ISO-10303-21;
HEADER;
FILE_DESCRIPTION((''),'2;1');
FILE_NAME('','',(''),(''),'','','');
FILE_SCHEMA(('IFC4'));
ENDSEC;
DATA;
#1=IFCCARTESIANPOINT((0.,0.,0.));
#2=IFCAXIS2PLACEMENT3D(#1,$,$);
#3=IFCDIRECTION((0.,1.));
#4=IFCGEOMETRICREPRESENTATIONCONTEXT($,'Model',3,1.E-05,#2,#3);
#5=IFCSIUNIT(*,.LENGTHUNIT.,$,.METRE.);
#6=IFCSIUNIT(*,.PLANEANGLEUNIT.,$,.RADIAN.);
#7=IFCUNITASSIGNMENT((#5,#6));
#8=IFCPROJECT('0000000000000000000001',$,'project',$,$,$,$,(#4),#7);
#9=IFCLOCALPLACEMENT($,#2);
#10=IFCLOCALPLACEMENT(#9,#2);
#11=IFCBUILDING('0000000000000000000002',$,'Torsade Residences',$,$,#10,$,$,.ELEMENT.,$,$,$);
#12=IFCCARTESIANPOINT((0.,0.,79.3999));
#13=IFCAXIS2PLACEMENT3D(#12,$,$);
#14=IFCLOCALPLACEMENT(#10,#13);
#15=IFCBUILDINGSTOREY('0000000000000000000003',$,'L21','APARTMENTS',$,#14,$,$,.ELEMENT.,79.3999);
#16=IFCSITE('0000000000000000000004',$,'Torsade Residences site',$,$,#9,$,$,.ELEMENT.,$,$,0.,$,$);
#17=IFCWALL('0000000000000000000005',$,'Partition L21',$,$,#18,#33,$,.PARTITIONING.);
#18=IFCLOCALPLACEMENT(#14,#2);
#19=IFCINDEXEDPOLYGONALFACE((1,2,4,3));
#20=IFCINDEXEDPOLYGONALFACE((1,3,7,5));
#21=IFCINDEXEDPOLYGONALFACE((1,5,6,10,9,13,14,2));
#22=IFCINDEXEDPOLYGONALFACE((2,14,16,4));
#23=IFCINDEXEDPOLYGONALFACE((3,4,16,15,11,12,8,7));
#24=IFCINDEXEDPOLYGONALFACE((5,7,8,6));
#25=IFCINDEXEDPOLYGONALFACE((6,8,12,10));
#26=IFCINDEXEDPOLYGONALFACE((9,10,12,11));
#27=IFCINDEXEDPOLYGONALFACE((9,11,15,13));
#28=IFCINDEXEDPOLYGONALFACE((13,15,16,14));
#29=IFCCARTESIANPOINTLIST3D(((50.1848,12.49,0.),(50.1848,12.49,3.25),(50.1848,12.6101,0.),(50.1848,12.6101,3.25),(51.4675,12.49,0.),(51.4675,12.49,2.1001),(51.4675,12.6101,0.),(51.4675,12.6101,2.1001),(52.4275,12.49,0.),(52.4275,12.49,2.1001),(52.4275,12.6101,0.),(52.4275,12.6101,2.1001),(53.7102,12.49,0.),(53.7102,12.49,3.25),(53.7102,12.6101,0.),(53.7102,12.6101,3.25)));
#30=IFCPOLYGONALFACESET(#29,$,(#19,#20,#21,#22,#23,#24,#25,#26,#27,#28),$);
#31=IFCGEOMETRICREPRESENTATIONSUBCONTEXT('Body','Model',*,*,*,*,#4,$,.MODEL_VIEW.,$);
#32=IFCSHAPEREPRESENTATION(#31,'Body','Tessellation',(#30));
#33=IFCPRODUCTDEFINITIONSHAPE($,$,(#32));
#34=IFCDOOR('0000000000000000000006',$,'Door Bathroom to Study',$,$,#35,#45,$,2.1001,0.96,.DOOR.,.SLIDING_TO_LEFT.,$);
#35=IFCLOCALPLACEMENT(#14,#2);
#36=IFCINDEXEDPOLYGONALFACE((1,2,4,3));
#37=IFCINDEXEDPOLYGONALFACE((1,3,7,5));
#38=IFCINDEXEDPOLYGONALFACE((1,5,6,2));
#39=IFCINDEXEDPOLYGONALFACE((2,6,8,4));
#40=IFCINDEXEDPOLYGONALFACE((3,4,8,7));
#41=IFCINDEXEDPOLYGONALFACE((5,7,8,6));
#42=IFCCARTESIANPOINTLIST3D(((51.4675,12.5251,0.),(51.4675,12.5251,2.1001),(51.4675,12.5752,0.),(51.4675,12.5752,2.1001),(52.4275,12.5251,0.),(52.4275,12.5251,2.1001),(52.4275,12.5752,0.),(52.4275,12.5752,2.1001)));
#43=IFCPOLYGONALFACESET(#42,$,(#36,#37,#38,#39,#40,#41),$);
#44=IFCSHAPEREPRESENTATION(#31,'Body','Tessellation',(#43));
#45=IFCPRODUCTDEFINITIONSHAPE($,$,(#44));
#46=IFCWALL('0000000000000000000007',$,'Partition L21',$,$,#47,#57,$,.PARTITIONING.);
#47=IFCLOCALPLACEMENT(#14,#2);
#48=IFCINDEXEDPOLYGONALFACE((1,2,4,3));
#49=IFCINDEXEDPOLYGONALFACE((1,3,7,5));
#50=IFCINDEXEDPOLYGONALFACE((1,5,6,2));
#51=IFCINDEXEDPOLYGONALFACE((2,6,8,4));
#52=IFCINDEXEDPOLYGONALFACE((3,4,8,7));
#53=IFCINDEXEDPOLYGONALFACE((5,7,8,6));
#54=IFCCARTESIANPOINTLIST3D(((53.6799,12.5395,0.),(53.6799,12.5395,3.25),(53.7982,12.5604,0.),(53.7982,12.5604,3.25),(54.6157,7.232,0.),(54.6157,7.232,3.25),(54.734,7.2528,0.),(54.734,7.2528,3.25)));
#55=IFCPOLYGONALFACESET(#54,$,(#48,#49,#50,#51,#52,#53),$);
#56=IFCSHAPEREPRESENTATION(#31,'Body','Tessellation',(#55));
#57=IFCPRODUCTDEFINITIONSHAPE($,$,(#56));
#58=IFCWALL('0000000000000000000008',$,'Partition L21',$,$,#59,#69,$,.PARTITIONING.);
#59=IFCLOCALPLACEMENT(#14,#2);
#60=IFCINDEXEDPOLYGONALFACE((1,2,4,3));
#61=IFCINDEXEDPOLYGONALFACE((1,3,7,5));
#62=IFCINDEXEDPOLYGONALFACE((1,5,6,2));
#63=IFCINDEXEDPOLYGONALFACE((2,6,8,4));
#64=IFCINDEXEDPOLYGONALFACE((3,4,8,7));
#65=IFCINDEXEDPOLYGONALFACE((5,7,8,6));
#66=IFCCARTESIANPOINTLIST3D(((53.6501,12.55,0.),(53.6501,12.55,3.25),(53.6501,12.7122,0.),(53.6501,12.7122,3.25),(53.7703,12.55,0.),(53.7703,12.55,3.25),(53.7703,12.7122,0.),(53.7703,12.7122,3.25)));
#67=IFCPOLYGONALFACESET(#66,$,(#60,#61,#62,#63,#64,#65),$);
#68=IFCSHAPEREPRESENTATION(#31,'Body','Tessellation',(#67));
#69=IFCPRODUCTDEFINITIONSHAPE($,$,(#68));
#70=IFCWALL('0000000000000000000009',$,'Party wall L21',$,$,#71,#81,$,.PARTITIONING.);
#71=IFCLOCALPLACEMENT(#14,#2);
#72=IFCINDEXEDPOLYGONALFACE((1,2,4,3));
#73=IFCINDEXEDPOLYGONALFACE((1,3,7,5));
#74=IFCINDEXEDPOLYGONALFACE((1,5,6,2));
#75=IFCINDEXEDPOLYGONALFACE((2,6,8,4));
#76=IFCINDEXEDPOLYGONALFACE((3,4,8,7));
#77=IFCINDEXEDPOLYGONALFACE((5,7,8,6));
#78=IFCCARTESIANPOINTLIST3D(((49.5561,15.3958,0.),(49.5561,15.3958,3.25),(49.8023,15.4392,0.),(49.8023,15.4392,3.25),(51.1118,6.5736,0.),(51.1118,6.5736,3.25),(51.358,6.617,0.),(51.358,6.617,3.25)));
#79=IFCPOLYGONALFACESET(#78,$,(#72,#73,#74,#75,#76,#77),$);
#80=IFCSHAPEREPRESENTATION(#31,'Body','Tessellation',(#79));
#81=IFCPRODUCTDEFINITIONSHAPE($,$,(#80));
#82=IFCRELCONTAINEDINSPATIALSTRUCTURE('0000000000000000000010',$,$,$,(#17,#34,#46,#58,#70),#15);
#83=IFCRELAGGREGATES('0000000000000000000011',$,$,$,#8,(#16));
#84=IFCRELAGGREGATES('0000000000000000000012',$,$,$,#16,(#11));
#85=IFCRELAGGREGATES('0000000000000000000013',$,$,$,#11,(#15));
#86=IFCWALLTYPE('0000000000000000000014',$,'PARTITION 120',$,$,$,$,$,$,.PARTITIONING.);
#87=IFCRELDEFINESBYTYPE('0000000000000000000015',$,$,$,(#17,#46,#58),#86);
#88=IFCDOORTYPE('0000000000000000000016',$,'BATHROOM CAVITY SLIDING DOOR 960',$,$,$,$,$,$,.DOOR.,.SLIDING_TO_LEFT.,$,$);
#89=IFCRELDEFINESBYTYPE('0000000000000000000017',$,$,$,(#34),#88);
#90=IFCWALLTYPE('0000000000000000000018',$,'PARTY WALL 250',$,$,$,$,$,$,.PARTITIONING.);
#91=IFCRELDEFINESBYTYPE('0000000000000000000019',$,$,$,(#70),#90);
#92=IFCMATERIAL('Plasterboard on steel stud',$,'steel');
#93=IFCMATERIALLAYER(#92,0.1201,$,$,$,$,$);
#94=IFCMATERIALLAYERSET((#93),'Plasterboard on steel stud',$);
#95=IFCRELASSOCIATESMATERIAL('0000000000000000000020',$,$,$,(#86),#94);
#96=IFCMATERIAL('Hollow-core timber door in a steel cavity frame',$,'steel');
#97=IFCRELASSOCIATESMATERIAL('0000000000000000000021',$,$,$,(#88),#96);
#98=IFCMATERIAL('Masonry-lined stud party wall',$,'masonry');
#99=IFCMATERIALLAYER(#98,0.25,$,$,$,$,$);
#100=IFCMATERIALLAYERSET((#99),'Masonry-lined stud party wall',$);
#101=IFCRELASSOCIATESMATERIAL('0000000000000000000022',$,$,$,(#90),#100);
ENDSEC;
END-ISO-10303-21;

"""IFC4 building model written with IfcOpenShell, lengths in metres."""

from ifc_helpers import new_model, si_unit, direction, frame, frame_2d, origin, place, context, subcontext, project, spatial, rectangle, extrude, material, layer, layer_set, type_object, element, fill, save


model = new_model("IFC4")

# Units and contexts
model_context = context("Model", 3, precision=1e-05, world=origin(), true_north=direction((0.0, 1.0)))
body_context = subcontext(model_context, "Body", "Model", "MODEL_VIEW")
ifc_project = project(units=[si_unit("LENGTHUNIT", "METRE"), si_unit("PLANEANGLEUNIT", "RADIAN")], contexts=[model_context])

# Site, building, storey
site_placement = place(None, origin())
site = spatial("IfcSite", under=ifc_project, at=site_placement, Name="Torsade Residences site", CompositionType="ELEMENT", RefElevation=0.0)
building_placement = place(site_placement, origin())
building = spatial("IfcBuilding", under=site, at=building_placement, Name="Torsade Residences", CompositionType="ELEMENT")
storey_placement = place(building_placement, frame((0.0, 0.0, 79.3999)))
storey = spatial("IfcBuildingStorey", under=building, at=storey_placement, Name="L21", Description="APARTMENTS", CompositionType="ELEMENT", Elevation=79.3999)

# Shared definitions
ifc_material_1 = material(Name="Plasterboard on steel stud", Category="steel")
ifc_layer_1 = layer(ifc_material_1, 0.1201)
ifc_layer_set_1 = layer_set([ifc_layer_1], Name="Plasterboard on steel stud")
wall_type_1 = type_object("IfcWallType", Name="PARTITION 120", PredefinedType="PARTITIONING", material=ifc_layer_set_1)

# Wall, opening, door
ifc_material_2 = material(Name="Hollow-core timber door in a steel cavity frame", Category="steel")
door_type_1 = type_object("IfcDoorType", Name="BATHROOM CAVITY SLIDING DOOR 960", OperationType="SLIDING_TO_LEFT", PredefinedType="DOOR", material=ifc_material_2)
wall_1_placement = place(storey_placement, frame((53.7102, 12.55, 0.0), z_axis=(0.0, 0.0, 1.0), x_axis=(-1.0, 0.0, 0.0)))
wall_1 = element("IfcWall", 1, at=wall_1_placement, inside=storey, type_object=wall_type_1, Name="Partition L21", PredefinedType="PARTITIONING", context=body_context, shape_type="SweptSolid", body=[
    extrude(rectangle(XDim=3.5254, YDim=0.1201, at=frame_2d((1.7627, 0.0))), origin(), (0.0, 0.0, 1.0), 3.25),
])
opening_1_placement = place(wall_1_placement, frame((1.2827, 0.0, 0.0)))
opening_1 = element("IfcOpeningElement", 2, at=opening_1_placement, cuts=wall_1, PredefinedType="OPENING", context=body_context, shape_type="SweptSolid", body=[
    extrude(rectangle(XDim=0.96, YDim=2.1001, at=frame_2d((0.48, 1.05))), frame((0.0, 0.0701, 0.0), z_axis=(0.0, -1.0, 0.0), x_axis=(1.0, 0.0, 0.0)), (0.0, 0.0, 1.0), 0.1401),
])
door_1_placement = place(opening_1_placement, origin())
door_1 = element("IfcDoor", 3, at=door_1_placement, inside=storey, type_object=door_type_1, Name="Door Bathroom to Study", OperationType="SLIDING_TO_LEFT", OverallHeight=2.1001, OverallWidth=0.96, PredefinedType="DOOR", context=body_context, shape_type="SweptSolid", body=[
    extrude(rectangle(XDim=0.96, YDim=2.1001, at=frame_2d((0.48, 1.05))), frame((0.0, 0.0249, 0.0), z_axis=(0.0, -1.0, 0.0), x_axis=(1.0, 0.0, 0.0)), (0.0, 0.0, 1.0), 0.05),
])
fill(opening_1, door_1)

# Walls
wall_2_placement = place(storey_placement, frame((53.739, 12.55, 0.0), z_axis=(0.0, 0.0, 1.0), x_axis=(0.173633, -0.98481, 0.0)))
element("IfcWall", 4, at=wall_2_placement, inside=storey, type_object=wall_type_1, Name="Partition L21", PredefinedType="PARTITIONING", context=body_context, shape_type="SweptSolid", body=[
    extrude(rectangle(XDim=5.3894, YDim=0.1201, at=frame_2d((2.6948, 0.0))), origin(), (0.0, 0.0, 1.0), 3.25),
])
wall_3_placement = place(storey_placement, frame((53.7102, 12.7122, 0.0), z_axis=(0.0, 0.0, 1.0), x_axis=(0.0, -1.0, 0.0)))
element("IfcWall", 5, at=wall_3_placement, inside=storey, type_object=wall_type_1, Name="Partition L21", PredefinedType="PARTITIONING", context=body_context, shape_type="SweptSolid", body=[
    extrude(rectangle(XDim=0.1621, YDim=0.1201, at=frame_2d((0.0811, 0.0))), origin(), (0.0, 0.0, 1.0), 3.25),
])
ifc_material_3 = material(Name="Masonry-lined stud party wall", Category="masonry")
ifc_layer_2 = layer(ifc_material_3, 0.25)
ifc_layer_set_2 = layer_set([ifc_layer_2], Name="Masonry-lined stud party wall")
wall_type_2 = type_object("IfcWallType", Name="PARTY WALL 250", PredefinedType="PARTITIONING", material=ifc_layer_set_2)
wall_4_placement = place(storey_placement, frame((51.2349, 6.5955, 0.0), z_axis=(0.0, 0.0, 1.0), x_axis=(-0.173655, 0.984807, 0.0)))
element("IfcWall", 6, at=wall_4_placement, inside=storey, type_object=wall_type_2, Name="Party wall L21", PredefinedType="PARTITIONING", context=body_context, shape_type="SweptSolid", body=[
    extrude(rectangle(XDim=8.9583, YDim=0.25, at=frame_2d((4.479, 0.0))), origin(), (0.0, 0.0, 1.0), 3.25),
])

save(model, "model.ifc")
